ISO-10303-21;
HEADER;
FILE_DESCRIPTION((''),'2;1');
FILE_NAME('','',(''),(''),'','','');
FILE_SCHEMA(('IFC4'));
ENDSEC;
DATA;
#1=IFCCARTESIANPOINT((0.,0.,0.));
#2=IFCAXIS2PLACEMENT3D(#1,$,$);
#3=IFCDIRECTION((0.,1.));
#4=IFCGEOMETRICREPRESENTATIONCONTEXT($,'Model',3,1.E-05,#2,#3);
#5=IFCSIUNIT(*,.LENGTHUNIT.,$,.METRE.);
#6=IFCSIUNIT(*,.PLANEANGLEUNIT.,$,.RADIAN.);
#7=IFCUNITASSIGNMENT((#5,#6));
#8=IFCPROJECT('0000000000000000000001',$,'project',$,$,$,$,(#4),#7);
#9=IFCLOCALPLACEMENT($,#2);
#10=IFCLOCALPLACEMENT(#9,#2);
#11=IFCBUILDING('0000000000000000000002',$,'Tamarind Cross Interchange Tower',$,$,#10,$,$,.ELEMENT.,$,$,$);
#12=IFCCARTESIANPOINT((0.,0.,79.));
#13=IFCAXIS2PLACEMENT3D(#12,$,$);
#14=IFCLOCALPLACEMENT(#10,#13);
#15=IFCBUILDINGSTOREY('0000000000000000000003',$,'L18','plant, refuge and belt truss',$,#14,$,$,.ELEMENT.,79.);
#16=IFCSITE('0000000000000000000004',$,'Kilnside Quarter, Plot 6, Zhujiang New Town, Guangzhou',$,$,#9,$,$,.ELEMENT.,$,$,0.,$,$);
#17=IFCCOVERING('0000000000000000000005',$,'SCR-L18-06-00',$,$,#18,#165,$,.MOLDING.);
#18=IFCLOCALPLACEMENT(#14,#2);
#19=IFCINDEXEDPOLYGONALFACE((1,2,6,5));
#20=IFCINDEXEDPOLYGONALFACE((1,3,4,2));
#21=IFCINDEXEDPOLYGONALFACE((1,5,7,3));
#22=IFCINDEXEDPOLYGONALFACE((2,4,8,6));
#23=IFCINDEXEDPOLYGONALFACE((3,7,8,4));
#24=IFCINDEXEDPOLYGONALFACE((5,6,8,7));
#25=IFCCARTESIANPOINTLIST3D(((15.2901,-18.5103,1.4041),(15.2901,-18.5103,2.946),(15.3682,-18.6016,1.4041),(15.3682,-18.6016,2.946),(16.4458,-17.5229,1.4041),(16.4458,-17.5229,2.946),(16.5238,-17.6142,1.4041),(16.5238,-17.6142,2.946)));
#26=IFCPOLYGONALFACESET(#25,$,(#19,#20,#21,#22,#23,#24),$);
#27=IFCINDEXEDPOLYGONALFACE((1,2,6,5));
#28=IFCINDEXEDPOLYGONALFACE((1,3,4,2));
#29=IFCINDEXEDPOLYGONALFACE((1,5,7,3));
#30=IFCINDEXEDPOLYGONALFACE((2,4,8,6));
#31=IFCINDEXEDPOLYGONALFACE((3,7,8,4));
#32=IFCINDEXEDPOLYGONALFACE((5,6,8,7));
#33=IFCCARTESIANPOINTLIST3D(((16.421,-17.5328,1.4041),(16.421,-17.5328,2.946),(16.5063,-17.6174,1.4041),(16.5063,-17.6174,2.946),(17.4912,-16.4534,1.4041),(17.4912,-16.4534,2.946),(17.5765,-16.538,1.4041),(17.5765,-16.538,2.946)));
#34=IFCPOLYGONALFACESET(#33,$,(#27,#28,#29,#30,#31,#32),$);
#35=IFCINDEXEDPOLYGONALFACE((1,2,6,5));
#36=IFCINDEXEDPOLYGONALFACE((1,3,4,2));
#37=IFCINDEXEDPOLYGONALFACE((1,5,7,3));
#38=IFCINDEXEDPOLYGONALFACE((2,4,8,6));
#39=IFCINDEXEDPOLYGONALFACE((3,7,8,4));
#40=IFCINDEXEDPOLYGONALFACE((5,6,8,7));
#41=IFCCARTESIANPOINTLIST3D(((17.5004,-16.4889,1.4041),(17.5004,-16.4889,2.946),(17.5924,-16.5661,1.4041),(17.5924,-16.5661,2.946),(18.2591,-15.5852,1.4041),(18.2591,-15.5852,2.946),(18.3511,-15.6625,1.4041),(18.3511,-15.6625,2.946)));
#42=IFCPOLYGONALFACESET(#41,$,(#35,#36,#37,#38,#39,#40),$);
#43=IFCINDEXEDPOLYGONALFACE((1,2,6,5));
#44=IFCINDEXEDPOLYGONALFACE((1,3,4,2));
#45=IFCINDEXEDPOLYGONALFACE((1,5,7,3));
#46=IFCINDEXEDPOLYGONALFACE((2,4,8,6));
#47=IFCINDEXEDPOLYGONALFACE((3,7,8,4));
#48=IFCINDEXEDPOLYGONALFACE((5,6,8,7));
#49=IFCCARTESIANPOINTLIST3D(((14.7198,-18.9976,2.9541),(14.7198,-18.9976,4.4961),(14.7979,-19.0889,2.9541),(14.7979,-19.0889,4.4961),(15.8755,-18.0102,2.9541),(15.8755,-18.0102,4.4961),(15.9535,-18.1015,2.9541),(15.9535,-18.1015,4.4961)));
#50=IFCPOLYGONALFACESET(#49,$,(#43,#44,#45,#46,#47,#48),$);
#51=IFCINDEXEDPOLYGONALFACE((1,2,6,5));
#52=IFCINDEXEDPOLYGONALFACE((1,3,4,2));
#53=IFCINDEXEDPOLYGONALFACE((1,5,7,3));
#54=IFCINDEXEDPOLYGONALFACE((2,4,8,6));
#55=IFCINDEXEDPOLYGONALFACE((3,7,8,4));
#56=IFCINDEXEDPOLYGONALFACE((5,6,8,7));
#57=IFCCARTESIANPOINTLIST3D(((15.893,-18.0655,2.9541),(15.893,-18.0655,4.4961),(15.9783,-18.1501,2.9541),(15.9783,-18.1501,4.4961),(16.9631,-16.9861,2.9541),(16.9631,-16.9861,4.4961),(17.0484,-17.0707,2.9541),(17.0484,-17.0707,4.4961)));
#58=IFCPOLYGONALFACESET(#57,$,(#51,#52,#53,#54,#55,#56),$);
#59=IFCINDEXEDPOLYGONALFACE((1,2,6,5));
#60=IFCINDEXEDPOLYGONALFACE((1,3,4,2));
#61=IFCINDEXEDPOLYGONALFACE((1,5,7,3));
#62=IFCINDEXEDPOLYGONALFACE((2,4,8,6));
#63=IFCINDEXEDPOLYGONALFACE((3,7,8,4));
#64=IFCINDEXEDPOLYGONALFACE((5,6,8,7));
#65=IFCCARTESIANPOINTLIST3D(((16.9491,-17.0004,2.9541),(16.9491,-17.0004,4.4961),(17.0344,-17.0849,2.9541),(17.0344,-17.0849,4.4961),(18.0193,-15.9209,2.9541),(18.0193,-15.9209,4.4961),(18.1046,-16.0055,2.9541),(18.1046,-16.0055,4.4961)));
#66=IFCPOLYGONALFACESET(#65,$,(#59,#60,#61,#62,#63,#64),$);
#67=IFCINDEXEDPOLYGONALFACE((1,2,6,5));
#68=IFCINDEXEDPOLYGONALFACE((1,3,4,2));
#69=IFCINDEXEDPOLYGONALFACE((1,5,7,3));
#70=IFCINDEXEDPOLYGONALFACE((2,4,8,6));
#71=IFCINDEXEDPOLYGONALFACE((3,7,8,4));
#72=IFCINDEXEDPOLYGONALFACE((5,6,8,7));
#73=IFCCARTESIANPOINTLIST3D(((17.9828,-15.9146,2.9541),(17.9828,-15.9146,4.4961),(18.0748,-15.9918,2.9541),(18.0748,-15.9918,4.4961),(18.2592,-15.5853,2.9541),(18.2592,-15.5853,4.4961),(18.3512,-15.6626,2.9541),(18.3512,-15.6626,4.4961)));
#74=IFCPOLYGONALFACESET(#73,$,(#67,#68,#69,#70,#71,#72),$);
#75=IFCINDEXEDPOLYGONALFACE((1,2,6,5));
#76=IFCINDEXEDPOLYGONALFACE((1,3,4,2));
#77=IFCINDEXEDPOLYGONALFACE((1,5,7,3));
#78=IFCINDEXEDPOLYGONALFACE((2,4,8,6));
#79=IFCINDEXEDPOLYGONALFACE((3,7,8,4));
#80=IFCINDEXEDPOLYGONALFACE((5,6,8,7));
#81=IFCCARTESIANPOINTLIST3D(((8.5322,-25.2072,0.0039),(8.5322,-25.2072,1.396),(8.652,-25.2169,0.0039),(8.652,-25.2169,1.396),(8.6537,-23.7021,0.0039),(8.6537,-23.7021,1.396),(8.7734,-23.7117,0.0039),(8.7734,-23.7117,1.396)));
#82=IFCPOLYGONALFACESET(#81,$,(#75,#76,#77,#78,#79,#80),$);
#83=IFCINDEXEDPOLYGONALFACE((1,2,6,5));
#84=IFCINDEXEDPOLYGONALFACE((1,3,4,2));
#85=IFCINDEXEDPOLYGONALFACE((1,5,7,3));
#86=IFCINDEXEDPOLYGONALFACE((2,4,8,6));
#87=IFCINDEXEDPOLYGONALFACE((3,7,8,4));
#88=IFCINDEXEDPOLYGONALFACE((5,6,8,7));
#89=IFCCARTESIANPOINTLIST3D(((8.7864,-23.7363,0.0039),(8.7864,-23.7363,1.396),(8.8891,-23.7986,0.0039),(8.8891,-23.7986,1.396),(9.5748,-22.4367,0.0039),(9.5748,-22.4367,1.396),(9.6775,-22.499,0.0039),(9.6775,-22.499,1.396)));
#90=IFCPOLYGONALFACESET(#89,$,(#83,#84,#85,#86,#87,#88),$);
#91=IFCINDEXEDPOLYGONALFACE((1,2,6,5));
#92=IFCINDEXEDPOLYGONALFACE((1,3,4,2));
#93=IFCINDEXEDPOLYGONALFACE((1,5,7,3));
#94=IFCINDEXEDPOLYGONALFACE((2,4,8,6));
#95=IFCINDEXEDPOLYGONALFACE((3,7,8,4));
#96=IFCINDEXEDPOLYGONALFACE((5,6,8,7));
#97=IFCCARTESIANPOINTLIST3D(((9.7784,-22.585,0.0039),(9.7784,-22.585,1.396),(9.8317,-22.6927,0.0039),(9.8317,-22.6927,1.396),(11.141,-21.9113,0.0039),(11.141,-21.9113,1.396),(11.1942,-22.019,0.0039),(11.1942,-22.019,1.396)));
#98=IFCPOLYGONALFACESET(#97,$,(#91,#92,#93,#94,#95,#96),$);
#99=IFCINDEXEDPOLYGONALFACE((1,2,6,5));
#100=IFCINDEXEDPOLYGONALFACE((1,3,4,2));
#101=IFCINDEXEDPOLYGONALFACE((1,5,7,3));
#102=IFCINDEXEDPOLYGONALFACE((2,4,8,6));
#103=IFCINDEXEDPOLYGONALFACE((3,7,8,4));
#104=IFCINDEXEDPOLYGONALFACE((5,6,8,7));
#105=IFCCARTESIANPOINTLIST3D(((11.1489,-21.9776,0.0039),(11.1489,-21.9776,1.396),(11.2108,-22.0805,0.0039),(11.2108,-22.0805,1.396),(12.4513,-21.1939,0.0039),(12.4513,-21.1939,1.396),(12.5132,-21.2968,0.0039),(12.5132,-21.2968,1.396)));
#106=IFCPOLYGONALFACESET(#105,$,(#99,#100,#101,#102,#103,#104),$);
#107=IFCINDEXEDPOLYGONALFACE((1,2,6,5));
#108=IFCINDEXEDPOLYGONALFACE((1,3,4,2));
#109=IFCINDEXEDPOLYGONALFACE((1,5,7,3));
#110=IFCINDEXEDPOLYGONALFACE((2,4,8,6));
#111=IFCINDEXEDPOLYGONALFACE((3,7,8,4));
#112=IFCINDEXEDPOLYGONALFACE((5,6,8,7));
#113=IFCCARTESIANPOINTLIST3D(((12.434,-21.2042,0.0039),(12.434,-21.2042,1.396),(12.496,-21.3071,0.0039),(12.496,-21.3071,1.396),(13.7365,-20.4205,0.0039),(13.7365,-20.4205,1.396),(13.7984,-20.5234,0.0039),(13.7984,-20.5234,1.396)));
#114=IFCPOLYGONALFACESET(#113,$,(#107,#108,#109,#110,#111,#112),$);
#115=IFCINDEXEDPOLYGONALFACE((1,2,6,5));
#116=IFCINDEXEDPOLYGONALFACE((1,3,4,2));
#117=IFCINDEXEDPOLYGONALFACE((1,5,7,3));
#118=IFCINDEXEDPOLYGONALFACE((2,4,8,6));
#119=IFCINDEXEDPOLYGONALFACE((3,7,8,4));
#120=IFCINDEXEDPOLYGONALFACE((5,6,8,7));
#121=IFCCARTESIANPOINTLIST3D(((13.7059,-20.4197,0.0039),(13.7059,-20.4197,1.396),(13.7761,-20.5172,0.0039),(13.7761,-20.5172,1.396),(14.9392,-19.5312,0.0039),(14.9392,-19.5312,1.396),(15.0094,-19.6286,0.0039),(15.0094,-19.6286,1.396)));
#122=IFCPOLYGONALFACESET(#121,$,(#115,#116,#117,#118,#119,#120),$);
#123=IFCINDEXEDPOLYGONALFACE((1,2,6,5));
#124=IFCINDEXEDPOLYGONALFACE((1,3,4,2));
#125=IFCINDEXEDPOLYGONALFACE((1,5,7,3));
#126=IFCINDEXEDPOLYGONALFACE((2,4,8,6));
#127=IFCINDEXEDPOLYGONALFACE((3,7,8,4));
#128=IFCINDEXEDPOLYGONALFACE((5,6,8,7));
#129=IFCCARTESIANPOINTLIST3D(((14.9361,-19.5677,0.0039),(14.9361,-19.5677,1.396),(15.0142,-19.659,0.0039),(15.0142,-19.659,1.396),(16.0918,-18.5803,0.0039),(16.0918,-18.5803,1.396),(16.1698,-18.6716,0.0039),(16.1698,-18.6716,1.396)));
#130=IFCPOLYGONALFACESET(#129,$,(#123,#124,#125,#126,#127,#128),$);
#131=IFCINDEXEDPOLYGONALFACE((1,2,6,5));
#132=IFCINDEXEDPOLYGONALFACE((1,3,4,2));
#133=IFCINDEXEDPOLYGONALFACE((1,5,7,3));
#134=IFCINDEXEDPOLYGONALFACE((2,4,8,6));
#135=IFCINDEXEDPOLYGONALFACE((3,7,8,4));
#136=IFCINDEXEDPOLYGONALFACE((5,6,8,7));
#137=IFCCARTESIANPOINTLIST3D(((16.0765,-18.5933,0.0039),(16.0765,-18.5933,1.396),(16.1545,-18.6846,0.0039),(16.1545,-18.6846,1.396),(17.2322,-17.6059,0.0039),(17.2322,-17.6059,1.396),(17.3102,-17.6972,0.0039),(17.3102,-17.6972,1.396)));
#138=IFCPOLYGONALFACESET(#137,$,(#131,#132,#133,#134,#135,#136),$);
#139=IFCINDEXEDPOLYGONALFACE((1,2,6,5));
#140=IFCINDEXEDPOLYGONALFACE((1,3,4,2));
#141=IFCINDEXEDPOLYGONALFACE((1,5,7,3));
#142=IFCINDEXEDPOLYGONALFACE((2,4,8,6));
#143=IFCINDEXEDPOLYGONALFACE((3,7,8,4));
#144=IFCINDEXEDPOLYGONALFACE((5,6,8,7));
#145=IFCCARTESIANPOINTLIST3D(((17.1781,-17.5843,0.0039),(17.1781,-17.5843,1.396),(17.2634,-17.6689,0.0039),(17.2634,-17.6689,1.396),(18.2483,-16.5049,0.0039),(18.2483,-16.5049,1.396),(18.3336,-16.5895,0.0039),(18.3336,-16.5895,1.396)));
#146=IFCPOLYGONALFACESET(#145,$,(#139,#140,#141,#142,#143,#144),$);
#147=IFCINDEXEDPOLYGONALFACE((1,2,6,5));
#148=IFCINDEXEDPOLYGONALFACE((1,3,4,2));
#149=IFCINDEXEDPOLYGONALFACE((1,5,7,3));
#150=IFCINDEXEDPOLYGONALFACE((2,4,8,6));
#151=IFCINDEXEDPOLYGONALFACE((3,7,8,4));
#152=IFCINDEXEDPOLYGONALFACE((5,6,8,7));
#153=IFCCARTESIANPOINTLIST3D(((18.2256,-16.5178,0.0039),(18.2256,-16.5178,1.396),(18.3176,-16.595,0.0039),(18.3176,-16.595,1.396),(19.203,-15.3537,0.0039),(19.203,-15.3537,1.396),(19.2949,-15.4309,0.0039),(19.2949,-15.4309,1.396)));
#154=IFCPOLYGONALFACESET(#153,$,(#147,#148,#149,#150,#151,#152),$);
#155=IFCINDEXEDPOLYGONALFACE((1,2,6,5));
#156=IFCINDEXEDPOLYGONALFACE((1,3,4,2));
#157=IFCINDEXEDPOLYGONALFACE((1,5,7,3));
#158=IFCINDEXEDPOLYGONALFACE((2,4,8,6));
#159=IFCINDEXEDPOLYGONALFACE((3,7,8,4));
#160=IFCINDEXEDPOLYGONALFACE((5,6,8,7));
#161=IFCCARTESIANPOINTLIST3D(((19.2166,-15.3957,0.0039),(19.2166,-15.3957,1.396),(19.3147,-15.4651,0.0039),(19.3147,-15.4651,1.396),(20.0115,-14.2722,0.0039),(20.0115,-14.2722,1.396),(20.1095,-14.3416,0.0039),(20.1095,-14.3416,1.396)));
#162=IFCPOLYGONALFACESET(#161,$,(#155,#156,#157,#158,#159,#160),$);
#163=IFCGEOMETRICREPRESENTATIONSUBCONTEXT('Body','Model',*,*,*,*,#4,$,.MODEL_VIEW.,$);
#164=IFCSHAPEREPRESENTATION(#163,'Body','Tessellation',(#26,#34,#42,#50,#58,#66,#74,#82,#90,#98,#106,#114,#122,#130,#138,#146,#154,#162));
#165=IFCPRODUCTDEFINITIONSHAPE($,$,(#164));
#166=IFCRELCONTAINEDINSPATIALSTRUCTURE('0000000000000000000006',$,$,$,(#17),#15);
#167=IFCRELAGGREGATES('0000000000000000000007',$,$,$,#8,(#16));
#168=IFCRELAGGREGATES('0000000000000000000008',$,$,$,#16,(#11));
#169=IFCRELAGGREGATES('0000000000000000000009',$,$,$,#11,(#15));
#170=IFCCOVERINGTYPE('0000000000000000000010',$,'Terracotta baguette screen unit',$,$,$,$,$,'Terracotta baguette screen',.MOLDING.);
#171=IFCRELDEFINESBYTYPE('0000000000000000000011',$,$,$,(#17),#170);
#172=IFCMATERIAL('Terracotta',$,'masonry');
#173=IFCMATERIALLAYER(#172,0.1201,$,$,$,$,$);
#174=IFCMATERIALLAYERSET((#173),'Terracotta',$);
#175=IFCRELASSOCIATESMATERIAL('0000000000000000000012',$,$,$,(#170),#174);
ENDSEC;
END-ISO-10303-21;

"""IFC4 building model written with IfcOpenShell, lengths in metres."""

from ifc_helpers import new_model, si_unit, direction, frame, origin, origin_2d, place, context, subcontext, project, spatial, rectangle, extrude, material, layer, layer_set, type_object, element, save


model = new_model("IFC4")

# Units and contexts
model_context = context("Model", 3, precision=1e-05, world=origin(), true_north=direction((0.0, 1.0)))
body_context = subcontext(model_context, "Body", "Model", "MODEL_VIEW")
ifc_project = project(units=[si_unit("LENGTHUNIT", "METRE"), si_unit("PLANEANGLEUNIT", "RADIAN")], contexts=[model_context])

# Site, building, storey
site_placement = place(None, origin())
site = spatial("IfcSite", under=ifc_project, at=site_placement, Name="Kilnside Quarter, Plot 6, Zhujiang New Town, Guangzhou", CompositionType="ELEMENT", RefElevation=0.0)
building_placement = place(site_placement, origin())
building = spatial("IfcBuilding", under=site, at=building_placement, Name="Tamarind Cross Interchange Tower", CompositionType="ELEMENT")
storey_placement = place(building_placement, frame((0.0, 0.0, 79.0)))
storey = spatial("IfcBuildingStorey", under=building, at=storey_placement, Name="L18", Description="plant, refuge and belt truss", CompositionType="ELEMENT", Elevation=79.0)

# Covering
ifc_material_1 = material(Name="Terracotta", Category="masonry")
ifc_layer_1 = layer(ifc_material_1, 0.1201)
ifc_layer_set_1 = layer_set([ifc_layer_1], Name="Terracotta")
covering_type = type_object("IfcCoveringType", Name="Terracotta baguette screen unit", ElementType="Terracotta baguette screen", PredefinedType="MOLDING", material=ifc_layer_set_1)
covering_1_placement = place(storey_placement, origin())
element("IfcCovering", 1, at=covering_1_placement, inside=storey, type_object=covering_type, Name="SCR-L18-06-00", PredefinedType="MOLDING", context=body_context, shape_type="SweptSolid", body=[
    extrude(rectangle(XDim=1.52, YDim=0.1201, at=origin_2d()), frame((15.907, -18.0623, 1.4041), z_axis=(0.0, 0.0, 1.0), x_axis=(0.760296, 0.649577, 0.0)), (0.0, 0.0, 1.0), 1.542),
    extrude(rectangle(XDim=1.52, YDim=0.1201, at=origin_2d()), frame((16.9988, -17.0354, 1.4041), z_axis=(0.0, 0.0, 1.0), x_axis=(0.704057, 0.710143, 0.0)), (0.0, 0.0, 1.0), 1.542),
    extrude(rectangle(XDim=1.1799, YDim=0.1201, at=origin_2d()), frame((17.9258, -16.0757, 1.4041), z_axis=(0.0, 0.0, 1.0), x_axis=(0.643009, 0.765858, 0.0)), (0.0, 0.0, 1.0), 1.542),
    extrude(rectangle(XDim=1.52, YDim=0.1201, at=origin_2d()), frame((15.3367, -18.5496, 2.9541), z_axis=(0.0, 0.0, 1.0), x_axis=(0.760296, 0.649577, 0.0)), (0.0, 0.0, 1.0), 1.542),
    extrude(rectangle(XDim=1.52, YDim=0.1201, at=origin_2d()), frame((16.4707, -17.5681, 2.9541), z_axis=(0.0, 0.0, 1.0), x_axis=(0.704057, 0.710143, 0.0)), (0.0, 0.0, 1.0), 1.542),
    extrude(rectangle(XDim=1.52, YDim=0.1201, at=origin_2d()), frame((17.5269, -16.5029, 2.9541), z_axis=(0.0, 0.0, 1.0), x_axis=(0.704057, 0.710143, 0.0)), (0.0, 0.0, 1.0), 1.542),
    extrude(rectangle(XDim=0.4299, YDim=0.1201, at=origin_2d()), frame((18.167, -15.7886, 2.9541), z_axis=(0.0, 0.0, 1.0), x_axis=(0.643009, 0.765858, 0.0)), (0.0, 0.0, 1.0), 1.542),
    extrude(rectangle(XDim=1.51, YDim=0.1201, at=origin_2d()), frame((8.6528, -24.4595, 0.0039), z_axis=(0.0, 0.0, 1.0), x_axis=(0.080423, 0.996761, 0.0)), (0.0, 0.0, 1.0), 1.3921),
    extrude(rectangle(XDim=1.52, YDim=0.1201, at=origin_2d()), frame((9.2319, -23.1177, 0.0039), z_axis=(0.0, 0.0, 1.0), x_axis=(0.518649, 0.854987, 0.0)), (0.0, 0.0, 1.0), 1.3921),
    extrude(rectangle(XDim=1.52, YDim=0.1201, at=origin_2d()), frame((10.4863, -22.302, 0.0039), z_axis=(0.0, 0.0, 1.0), x_axis=(0.896423, 0.443199, 0.0)), (0.0, 0.0, 1.0), 1.3921),
    extrude(rectangle(XDim=1.52, YDim=0.1201, at=origin_2d()), frame((11.8311, -21.6372, 0.0039), z_axis=(0.0, 0.0, 1.0), x_axis=(0.856843, 0.515577, 0.0)), (0.0, 0.0, 1.0), 1.3921),
    extrude(rectangle(XDim=1.52, YDim=0.1201, at=origin_2d()), frame((13.1162, -20.8638, 0.0039), z_axis=(0.0, 0.0, 1.0), x_axis=(0.856843, 0.515577, 0.0)), (0.0, 0.0, 1.0), 1.3921),
    extrude(rectangle(XDim=1.52, YDim=0.1201, at=origin_2d()), frame((14.3577, -20.0242, 0.0039), z_axis=(0.0, 0.0, 1.0), x_axis=(0.81134, 0.584574, 0.0)), (0.0, 0.0, 1.0), 1.3921),
    extrude(rectangle(XDim=1.52, YDim=0.1201, at=origin_2d()), frame((15.553, -19.1196, 0.0039), z_axis=(0.0, 0.0, 1.0), x_axis=(0.760296, 0.649577, 0.0)), (0.0, 0.0, 1.0), 1.3921),
    extrude(rectangle(XDim=1.52, YDim=0.1201, at=origin_2d()), frame((16.6934, -18.1453, 0.0039), z_axis=(0.0, 0.0, 1.0), x_axis=(0.760296, 0.649577, 0.0)), (0.0, 0.0, 1.0), 1.3921),
    extrude(rectangle(XDim=1.52, YDim=0.1201, at=origin_2d()), frame((17.7559, -17.0869, 0.0039), z_axis=(0.0, 0.0, 1.0), x_axis=(0.704057, 0.710143, 0.0)), (0.0, 0.0, 1.0), 1.3921),
    extrude(rectangle(XDim=1.52, YDim=0.1201, at=origin_2d()), frame((18.7603, -15.9744, 0.0039), z_axis=(0.0, 0.0, 1.0), x_axis=(0.643009, 0.765858, 0.0)), (0.0, 0.0, 1.0), 1.3921),
    extrude(rectangle(XDim=1.3762, YDim=0.1201, at=origin_2d()), frame((19.6631, -14.8687, 0.0039), z_axis=(0.0, 0.0, 1.0), x_axis=(0.577569, 0.816342, 0.0)), (0.0, 0.0, 1.0), 1.3921),
])

save(model, "model.ifc")
